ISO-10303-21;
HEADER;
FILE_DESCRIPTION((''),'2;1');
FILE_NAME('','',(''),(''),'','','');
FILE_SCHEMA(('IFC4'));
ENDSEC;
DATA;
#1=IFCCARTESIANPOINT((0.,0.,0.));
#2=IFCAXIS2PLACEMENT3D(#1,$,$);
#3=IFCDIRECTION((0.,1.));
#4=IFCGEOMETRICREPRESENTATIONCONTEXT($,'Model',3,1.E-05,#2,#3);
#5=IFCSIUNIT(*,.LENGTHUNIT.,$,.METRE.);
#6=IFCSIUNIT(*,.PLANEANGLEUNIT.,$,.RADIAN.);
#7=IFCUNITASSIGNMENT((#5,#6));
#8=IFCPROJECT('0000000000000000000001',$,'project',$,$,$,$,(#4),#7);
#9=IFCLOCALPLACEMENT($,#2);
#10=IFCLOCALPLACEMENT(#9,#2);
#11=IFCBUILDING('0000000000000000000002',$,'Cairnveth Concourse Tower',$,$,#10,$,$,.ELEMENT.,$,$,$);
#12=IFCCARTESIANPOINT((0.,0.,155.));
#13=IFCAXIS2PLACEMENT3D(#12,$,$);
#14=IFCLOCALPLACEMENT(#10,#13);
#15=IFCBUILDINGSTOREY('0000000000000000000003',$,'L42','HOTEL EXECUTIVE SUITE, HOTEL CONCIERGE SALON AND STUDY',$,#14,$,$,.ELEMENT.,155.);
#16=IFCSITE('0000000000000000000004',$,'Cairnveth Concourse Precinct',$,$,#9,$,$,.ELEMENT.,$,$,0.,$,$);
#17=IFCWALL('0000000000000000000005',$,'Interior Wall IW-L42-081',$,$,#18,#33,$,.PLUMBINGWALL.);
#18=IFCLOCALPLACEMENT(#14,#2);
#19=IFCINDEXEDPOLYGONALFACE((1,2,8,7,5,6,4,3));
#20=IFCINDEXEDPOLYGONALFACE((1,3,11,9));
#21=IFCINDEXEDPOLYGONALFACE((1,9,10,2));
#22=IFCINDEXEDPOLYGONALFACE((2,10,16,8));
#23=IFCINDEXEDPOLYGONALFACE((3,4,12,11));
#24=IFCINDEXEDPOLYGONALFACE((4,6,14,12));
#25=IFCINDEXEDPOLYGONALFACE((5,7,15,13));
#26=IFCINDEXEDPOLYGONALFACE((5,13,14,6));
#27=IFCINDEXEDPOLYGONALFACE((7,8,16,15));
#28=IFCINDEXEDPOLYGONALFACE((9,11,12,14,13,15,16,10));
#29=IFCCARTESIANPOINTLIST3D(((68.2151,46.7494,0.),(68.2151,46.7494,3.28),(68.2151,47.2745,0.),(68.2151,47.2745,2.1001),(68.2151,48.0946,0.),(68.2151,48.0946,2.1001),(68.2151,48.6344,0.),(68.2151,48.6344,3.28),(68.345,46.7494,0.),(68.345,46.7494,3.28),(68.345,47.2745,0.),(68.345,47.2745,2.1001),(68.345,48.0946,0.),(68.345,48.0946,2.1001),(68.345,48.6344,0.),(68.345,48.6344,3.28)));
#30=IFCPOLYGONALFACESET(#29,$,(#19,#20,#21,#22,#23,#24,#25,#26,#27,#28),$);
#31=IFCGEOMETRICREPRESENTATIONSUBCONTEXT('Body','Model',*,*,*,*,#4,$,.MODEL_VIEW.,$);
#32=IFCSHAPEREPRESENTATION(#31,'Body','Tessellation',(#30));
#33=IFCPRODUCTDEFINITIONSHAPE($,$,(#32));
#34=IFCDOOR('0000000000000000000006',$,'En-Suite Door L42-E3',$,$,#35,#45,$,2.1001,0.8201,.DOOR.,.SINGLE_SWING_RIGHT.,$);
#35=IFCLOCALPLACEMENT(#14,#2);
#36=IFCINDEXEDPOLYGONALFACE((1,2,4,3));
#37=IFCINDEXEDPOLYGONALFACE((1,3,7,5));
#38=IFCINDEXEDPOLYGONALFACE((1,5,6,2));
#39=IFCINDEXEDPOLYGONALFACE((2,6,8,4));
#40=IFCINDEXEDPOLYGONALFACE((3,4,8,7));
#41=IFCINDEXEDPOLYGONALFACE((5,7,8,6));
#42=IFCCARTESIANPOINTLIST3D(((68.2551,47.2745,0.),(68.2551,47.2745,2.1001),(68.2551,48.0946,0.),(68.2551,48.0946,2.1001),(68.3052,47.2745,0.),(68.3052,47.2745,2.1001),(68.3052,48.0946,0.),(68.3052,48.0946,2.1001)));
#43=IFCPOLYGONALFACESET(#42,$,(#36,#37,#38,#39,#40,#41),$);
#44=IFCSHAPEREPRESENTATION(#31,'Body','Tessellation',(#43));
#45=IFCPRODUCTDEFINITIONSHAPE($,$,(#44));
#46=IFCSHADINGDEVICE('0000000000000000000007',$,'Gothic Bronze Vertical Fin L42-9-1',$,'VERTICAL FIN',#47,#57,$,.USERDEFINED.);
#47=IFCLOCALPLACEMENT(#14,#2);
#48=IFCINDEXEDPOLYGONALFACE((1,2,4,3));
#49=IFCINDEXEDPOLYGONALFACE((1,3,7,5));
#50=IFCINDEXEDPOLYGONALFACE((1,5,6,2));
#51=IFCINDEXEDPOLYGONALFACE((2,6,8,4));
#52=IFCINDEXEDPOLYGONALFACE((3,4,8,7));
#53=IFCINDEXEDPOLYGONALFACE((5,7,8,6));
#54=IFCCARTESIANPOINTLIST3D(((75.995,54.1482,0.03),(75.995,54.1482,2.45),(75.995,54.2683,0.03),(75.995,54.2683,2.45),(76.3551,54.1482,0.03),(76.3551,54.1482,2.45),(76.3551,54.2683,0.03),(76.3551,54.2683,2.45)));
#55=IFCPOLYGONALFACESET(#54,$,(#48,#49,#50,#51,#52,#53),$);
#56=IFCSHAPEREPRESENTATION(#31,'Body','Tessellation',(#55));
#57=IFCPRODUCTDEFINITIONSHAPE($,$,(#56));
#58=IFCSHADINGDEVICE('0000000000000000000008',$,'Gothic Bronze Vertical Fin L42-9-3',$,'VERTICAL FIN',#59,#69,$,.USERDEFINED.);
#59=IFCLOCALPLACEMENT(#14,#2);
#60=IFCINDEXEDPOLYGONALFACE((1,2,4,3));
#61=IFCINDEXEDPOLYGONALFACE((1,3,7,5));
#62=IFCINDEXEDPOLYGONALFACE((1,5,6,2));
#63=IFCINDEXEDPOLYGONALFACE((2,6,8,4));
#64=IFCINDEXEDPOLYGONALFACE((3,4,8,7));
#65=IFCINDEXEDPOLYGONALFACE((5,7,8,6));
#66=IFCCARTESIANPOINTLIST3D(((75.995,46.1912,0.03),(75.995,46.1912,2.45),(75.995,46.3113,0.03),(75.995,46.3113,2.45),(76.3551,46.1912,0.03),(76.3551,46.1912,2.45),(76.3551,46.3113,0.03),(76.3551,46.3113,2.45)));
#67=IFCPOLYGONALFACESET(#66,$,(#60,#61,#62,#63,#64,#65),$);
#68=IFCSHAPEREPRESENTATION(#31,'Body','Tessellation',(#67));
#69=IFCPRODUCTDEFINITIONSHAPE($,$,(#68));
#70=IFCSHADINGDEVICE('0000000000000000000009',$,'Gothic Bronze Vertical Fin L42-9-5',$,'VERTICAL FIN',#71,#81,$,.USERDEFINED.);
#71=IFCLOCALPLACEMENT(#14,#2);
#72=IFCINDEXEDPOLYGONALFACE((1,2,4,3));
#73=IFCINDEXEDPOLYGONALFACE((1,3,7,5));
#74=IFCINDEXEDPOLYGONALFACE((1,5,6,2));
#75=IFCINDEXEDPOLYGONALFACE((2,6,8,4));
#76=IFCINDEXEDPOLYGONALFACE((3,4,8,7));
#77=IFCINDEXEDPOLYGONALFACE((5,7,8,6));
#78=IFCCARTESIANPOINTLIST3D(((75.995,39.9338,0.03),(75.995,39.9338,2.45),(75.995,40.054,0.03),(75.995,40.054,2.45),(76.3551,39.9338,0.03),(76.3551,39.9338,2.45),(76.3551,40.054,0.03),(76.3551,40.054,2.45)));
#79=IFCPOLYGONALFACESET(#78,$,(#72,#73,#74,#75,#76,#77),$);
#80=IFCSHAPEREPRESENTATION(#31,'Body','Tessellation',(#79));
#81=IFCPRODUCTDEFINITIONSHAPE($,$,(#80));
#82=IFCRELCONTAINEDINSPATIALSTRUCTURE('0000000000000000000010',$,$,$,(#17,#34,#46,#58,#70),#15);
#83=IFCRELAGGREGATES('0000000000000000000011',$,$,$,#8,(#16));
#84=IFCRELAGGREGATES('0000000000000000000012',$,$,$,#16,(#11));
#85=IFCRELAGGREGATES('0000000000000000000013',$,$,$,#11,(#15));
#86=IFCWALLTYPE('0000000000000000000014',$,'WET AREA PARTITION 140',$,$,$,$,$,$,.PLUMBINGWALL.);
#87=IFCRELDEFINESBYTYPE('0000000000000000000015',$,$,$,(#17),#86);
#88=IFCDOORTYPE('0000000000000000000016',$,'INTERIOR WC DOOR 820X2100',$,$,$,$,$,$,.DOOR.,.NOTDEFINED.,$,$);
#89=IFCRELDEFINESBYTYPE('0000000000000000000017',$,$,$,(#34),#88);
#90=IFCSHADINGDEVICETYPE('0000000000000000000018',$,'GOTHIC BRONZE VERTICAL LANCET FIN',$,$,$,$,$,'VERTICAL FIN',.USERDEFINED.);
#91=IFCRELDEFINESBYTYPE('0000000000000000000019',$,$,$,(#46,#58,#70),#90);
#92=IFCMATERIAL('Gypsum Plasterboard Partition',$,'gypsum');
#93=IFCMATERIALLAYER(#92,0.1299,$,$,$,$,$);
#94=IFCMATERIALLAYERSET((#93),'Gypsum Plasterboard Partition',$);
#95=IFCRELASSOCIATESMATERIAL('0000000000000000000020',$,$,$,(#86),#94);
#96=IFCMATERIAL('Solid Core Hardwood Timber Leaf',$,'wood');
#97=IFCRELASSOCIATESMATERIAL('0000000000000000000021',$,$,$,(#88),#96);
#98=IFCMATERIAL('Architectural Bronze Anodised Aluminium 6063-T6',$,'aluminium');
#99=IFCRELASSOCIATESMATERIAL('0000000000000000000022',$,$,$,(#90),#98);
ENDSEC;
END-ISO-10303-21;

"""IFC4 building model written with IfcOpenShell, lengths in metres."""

from ifc_helpers import new_model, si_unit, direction, frame, frame_2d, origin, origin_2d, place, context, subcontext, project, spatial, rectangle, extrude, material, layer, layer_set, type_object, element, fill, save


model = new_model("IFC4")

# Units and contexts
model_context = context("Model", 3, precision=1e-05, world=origin(), true_north=direction((0.0, 1.0)))
body_context = subcontext(model_context, "Body", "Model", "MODEL_VIEW")
ifc_project = project(units=[si_unit("LENGTHUNIT", "METRE"), si_unit("PLANEANGLEUNIT", "RADIAN")], contexts=[model_context])

# Site, building, storey
site_placement = place(None, origin())
site = spatial("IfcSite", under=ifc_project, at=site_placement, Name="Cairnveth Concourse Precinct", CompositionType="ELEMENT", RefElevation=0.0)
building_placement = place(site_placement, origin())
building = spatial("IfcBuilding", under=site, at=building_placement, Name="Cairnveth Concourse Tower", CompositionType="ELEMENT")
storey_placement = place(building_placement, frame((0.0, 0.0, 155.0)))
storey = spatial("IfcBuildingStorey", under=building, at=storey_placement, Name="L42", Description="HOTEL EXECUTIVE SUITE, HOTEL CONCIERGE SALON AND STUDY", CompositionType="ELEMENT", Elevation=155.0)

# Shared definitions
ifc_material_1 = material(Name="Gypsum Plasterboard Partition", Category="gypsum")

# Shared definitions
ifc_layer_1 = layer(ifc_material_1, 0.1299)
ifc_layer_set_1 = layer_set([ifc_layer_1], Name="Gypsum Plasterboard Partition")
wall_type_1 = type_object("IfcWallType", Name="WET AREA PARTITION 140", PredefinedType="PLUMBINGWALL", material=ifc_layer_set_1)

# Wall, opening, door
wall_1_placement = place(storey_placement, frame((68.28, 46.7495, 0.0), z_axis=(0.0, 0.0, 1.0), x_axis=(0.0, 1.0, 0.0)))
wall_1 = element("IfcWall", 1, at=wall_1_placement, inside=storey, type_object=wall_type_1, Name="Interior Wall IW-L42-081", PredefinedType="PLUMBINGWALL", context=body_context, shape_type="SweptSolid", body=[
    extrude(rectangle(XDim=1.885, YDim=0.1299, at=frame_2d((0.9424, 0.0))), origin(), (0.0, 0.0, 1.0), 3.28),
])
opening_1_placement = place(wall_1_placement, frame((0.5249, 0.0, 0.0)))
opening_1 = element("IfcOpeningElement", 2, at=opening_1_placement, cuts=wall_1, PredefinedType="OPENING", context=body_context, shape_type="SweptSolid", body=[
    extrude(rectangle(XDim=0.8201, YDim=2.1001, at=frame_2d((0.4102, 1.05))), frame((0.0, 0.075, 0.0), z_axis=(0.0, -1.0, 0.0), x_axis=(1.0, 0.0, 0.0)), (0.0, 0.0, 1.0), 0.1499),
])
ifc_material_2 = material(Name="Solid Core Hardwood Timber Leaf", Category="wood")
door_type_1 = type_object("IfcDoorType", Name="INTERIOR WC DOOR 820X2100", OperationType="NOTDEFINED", PredefinedType="DOOR", material=ifc_material_2)
door_1_placement = place(opening_1_placement, origin())
door_1 = element("IfcDoor", 3, at=door_1_placement, inside=storey, type_object=door_type_1, Name="En-Suite Door L42-E3", OperationType="SINGLE_SWING_RIGHT", OverallHeight=2.1001, OverallWidth=0.8201, PredefinedType="DOOR", context=body_context, shape_type="SweptSolid", body=[
    extrude(rectangle(XDim=0.8201, YDim=2.1001, at=frame_2d((0.4102, 1.05))), frame((0.0, 0.0249, 0.0), z_axis=(0.0, -1.0, 0.0), x_axis=(1.0, 0.0, 0.0)), (0.0, 0.0, 1.0), 0.05),
])
fill(opening_1, door_1)

# Shading devices
ifc_material_3 = material(Name="Architectural Bronze Anodised Aluminium 6063-T6", Category="aluminium")
shading_device_type = type_object("IfcShadingDeviceType", Name="GOTHIC BRONZE VERTICAL LANCET FIN", ElementType="VERTICAL FIN", PredefinedType="USERDEFINED", material=ifc_material_3)
for number, where, z_axis, x_axis, name in (
    (4, (76.175, 54.2083, 0.03), (0.0, 0.0, 1.0), (0.0, 1.0, 0.0), "Gothic Bronze Vertical Fin L42-9-1"),
    (5, (76.175, 46.2512, 0.03), (0.0, 0.0, 1.0), (0.0, 1.0, 0.0), "Gothic Bronze Vertical Fin L42-9-3"),
    (6, (76.175, 39.9939, 0.03), (0.0, 0.0, 1.0), (0.0, 1.0, 0.0), "Gothic Bronze Vertical Fin L42-9-5"),
):
    element("IfcShadingDevice", number, at=place(storey_placement, frame(where, z_axis=z_axis, x_axis=x_axis)), inside=storey, type_object=shading_device_type, Name=name, ObjectType="VERTICAL FIN", PredefinedType="USERDEFINED", context=body_context, shape_type="SweptSolid", body=[
        extrude(rectangle(XDim=0.1201, YDim=0.3601, at=origin_2d()), origin(), (0.0, 0.0, 1.0), 2.4199),
    ])

save(model, "model.ifc")
